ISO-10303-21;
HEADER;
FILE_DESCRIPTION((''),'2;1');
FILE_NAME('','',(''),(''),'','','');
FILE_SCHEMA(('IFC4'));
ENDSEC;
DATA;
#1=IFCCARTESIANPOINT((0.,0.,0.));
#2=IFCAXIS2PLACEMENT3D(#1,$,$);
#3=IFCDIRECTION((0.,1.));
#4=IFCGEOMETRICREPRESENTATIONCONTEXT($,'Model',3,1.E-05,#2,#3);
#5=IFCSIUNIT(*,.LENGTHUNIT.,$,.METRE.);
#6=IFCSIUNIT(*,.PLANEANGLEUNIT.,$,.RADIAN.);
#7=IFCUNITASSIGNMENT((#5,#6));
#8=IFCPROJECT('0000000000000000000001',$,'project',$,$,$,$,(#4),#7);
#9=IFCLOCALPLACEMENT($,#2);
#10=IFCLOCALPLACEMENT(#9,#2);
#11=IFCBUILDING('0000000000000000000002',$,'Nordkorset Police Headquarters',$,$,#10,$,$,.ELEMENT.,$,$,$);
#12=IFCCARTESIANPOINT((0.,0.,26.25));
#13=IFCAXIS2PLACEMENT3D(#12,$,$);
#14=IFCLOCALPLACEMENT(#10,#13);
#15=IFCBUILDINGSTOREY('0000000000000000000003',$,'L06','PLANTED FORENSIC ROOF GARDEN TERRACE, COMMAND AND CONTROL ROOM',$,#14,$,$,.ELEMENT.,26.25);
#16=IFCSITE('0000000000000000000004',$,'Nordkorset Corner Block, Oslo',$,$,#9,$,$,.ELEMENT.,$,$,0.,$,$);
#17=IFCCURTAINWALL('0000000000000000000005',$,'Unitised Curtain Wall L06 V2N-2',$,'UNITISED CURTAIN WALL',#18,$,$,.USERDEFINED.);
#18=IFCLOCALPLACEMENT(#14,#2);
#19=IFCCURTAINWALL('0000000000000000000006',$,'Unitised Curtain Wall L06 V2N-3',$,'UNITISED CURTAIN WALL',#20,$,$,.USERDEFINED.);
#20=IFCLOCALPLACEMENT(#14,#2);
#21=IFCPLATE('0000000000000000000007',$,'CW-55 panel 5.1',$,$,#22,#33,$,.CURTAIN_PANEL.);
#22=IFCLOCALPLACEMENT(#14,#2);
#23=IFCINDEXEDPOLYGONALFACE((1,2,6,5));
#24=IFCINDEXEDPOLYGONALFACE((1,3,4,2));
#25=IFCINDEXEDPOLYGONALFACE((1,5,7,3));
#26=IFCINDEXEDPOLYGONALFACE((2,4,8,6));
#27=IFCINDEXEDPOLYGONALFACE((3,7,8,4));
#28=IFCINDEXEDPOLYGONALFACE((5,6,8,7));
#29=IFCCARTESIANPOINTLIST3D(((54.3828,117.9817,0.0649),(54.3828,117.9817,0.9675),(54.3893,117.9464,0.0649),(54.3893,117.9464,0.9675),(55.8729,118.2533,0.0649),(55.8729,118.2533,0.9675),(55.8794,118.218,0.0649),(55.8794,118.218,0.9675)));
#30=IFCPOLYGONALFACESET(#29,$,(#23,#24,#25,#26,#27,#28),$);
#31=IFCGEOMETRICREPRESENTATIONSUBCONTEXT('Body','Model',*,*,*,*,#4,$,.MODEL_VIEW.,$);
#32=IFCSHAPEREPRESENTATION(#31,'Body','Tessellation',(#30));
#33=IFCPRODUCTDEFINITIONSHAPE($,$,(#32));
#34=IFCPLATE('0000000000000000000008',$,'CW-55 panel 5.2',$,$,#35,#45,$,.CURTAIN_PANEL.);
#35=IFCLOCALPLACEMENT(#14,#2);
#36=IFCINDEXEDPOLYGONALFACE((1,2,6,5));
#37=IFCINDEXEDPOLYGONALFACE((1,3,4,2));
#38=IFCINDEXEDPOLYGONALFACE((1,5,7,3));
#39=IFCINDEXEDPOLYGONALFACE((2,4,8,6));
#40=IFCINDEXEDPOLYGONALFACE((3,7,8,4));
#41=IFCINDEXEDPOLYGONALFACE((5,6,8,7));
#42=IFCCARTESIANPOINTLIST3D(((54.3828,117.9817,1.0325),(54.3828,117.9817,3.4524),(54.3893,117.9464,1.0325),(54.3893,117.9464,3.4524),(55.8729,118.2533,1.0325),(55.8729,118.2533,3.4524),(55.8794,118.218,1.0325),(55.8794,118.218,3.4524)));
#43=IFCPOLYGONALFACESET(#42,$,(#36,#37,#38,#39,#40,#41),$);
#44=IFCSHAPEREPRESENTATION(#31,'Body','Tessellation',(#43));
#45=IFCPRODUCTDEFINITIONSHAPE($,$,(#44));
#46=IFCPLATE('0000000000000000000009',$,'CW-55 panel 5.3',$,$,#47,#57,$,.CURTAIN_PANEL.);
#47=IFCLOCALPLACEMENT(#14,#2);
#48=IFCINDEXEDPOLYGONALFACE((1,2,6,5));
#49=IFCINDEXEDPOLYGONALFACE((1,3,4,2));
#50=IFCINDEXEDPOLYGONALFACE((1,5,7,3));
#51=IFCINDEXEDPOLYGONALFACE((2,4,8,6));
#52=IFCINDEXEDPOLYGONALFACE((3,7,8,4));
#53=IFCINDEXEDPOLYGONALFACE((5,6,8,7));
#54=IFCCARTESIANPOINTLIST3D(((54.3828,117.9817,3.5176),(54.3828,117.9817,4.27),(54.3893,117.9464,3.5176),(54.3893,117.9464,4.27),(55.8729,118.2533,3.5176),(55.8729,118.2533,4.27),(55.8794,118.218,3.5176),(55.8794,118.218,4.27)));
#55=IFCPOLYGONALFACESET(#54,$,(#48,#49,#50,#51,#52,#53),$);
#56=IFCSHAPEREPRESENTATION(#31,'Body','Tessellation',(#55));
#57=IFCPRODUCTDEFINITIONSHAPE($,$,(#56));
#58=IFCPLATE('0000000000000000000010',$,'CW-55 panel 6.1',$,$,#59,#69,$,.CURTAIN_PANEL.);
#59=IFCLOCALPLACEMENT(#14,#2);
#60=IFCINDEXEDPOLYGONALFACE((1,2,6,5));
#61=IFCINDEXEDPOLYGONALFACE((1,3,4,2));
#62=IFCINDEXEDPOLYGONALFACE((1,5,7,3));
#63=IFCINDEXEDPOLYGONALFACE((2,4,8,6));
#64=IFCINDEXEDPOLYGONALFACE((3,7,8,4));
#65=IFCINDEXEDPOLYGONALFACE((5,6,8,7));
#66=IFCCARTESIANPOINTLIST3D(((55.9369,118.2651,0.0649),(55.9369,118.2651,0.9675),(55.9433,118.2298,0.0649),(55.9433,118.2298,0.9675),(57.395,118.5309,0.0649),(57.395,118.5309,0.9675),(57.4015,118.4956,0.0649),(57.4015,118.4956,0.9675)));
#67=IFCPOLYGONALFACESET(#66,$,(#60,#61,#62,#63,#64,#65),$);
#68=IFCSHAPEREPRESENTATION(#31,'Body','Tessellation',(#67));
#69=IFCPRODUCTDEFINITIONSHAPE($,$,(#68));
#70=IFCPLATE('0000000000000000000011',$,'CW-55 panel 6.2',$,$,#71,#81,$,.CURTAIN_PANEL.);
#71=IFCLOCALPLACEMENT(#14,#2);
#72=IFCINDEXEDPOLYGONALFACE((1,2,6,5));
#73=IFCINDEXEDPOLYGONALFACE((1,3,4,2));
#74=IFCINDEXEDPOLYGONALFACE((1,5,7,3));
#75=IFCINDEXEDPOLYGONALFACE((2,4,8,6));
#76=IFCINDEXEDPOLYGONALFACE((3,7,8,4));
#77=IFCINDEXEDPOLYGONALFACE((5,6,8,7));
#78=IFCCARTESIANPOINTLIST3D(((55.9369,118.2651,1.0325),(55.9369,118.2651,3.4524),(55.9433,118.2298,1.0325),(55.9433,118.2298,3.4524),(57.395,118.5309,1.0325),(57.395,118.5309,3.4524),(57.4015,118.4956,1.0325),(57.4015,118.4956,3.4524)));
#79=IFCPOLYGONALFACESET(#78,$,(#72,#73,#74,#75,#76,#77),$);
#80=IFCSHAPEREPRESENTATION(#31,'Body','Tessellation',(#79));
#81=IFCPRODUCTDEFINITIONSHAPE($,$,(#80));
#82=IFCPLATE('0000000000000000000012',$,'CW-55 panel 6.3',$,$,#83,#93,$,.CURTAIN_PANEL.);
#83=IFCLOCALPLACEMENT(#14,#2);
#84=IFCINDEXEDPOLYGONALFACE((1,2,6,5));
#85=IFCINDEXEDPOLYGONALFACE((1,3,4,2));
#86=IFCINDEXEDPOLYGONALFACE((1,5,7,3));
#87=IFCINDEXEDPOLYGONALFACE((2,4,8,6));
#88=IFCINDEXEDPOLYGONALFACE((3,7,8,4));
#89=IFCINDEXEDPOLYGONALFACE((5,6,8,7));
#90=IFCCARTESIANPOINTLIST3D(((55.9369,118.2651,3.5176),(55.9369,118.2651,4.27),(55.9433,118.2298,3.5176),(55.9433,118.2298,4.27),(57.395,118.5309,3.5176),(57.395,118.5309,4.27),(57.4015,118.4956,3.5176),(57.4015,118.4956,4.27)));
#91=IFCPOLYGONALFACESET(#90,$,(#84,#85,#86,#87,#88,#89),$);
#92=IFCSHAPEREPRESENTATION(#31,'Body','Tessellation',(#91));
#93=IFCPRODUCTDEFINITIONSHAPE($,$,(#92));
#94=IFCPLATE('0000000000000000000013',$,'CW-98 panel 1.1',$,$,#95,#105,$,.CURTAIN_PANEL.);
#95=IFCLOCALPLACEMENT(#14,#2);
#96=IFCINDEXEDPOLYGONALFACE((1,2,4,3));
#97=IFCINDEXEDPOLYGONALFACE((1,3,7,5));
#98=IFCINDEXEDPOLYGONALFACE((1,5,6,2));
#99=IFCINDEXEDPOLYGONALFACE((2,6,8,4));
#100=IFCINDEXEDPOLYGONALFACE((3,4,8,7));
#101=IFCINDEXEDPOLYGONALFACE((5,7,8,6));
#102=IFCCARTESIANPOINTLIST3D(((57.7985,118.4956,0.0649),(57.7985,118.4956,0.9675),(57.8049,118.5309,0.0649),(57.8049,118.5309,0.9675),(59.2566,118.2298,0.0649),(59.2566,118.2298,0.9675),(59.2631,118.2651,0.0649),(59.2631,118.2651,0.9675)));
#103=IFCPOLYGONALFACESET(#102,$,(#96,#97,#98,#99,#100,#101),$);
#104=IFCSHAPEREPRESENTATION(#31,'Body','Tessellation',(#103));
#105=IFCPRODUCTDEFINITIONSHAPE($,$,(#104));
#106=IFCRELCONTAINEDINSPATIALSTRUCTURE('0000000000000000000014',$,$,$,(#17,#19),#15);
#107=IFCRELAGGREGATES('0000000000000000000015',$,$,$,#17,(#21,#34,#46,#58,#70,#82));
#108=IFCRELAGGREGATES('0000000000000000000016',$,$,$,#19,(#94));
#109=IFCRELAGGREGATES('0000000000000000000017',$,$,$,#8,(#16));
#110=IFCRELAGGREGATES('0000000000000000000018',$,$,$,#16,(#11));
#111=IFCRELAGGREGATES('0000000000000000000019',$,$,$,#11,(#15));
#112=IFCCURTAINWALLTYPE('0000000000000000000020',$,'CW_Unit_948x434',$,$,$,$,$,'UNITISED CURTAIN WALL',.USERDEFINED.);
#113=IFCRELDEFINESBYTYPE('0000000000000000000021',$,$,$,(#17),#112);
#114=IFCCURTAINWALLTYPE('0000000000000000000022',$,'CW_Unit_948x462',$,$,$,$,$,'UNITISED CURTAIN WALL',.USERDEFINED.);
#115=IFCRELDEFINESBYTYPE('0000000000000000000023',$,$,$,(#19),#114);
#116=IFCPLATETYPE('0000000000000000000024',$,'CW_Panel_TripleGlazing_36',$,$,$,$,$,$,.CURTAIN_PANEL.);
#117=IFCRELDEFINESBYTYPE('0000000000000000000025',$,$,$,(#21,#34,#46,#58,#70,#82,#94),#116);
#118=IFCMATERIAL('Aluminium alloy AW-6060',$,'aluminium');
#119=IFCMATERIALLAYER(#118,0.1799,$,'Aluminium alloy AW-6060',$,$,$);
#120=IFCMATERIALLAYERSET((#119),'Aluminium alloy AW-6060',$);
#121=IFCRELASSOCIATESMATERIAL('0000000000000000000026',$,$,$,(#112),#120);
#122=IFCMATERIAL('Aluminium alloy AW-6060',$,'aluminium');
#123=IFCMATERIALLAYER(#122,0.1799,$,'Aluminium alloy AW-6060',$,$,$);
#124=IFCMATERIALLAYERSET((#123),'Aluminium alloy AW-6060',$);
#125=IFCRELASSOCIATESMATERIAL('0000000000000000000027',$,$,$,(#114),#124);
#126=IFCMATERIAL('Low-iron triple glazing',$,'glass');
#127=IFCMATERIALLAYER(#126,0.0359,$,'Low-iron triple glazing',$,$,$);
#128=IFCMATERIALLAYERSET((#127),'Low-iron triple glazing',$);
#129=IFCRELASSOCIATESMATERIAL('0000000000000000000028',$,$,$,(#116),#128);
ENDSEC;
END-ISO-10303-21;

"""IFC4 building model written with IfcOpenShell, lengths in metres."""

from ifc_helpers import new_model, si_unit, direction, frame, origin, origin_2d, place, context, subcontext, project, spatial, rectangle, extrude, material, layer, layer_set, type_object, element, aggregate, save


model = new_model("IFC4")

# Units and contexts
model_context = context("Model", 3, precision=1e-05, world=origin(), true_north=direction((0.0, 1.0)))
body_context = subcontext(model_context, "Body", "Model", "MODEL_VIEW")
ifc_project = project(units=[si_unit("LENGTHUNIT", "METRE"), si_unit("PLANEANGLEUNIT", "RADIAN")], contexts=[model_context])

# Site, building, storey
site_placement = place(None, origin())
site = spatial("IfcSite", under=ifc_project, at=site_placement, Name="Nordkorset Corner Block, Oslo", CompositionType="ELEMENT", RefElevation=0.0)
building_placement = place(site_placement, origin())
building = spatial("IfcBuilding", under=site, at=building_placement, Name="Nordkorset Police Headquarters", CompositionType="ELEMENT")
storey_placement = place(building_placement, frame((0.0, 0.0, 26.25)))
storey = spatial("IfcBuildingStorey", under=building, at=storey_placement, Name="L06", Description="PLANTED FORENSIC ROOF GARDEN TERRACE, COMMAND AND CONTROL ROOM", CompositionType="ELEMENT", Elevation=26.25)

# Curtain wall
ifc_material_1 = material(Name="Aluminium alloy AW-6060", Category="aluminium")
ifc_layer_1 = layer(ifc_material_1, 0.1799, Name="Aluminium alloy AW-6060")
ifc_layer_set_1 = layer_set([ifc_layer_1], Name="Aluminium alloy AW-6060")
curtain_wall_type_1 = type_object("IfcCurtainWallType", Name="CW_Unit_948x434", ElementType="UNITISED CURTAIN WALL", PredefinedType="USERDEFINED", material=ifc_layer_set_1)
curtain_wall_1_placement = place(storey_placement, origin())
curtain_wall_1 = element("IfcCurtainWall", 1, at=curtain_wall_1_placement, inside=storey, type_object=curtain_wall_type_1, Name="Unitised Curtain Wall L06 V2N-2", ObjectType="UNITISED CURTAIN WALL", PredefinedType="USERDEFINED")

# Curtain wall
ifc_material_2 = material(Name="Aluminium alloy AW-6060", Category="aluminium")
ifc_layer_2 = layer(ifc_material_2, 0.1799, Name="Aluminium alloy AW-6060")
ifc_layer_set_2 = layer_set([ifc_layer_2], Name="Aluminium alloy AW-6060")
curtain_wall_type_2 = type_object("IfcCurtainWallType", Name="CW_Unit_948x462", ElementType="UNITISED CURTAIN WALL", PredefinedType="USERDEFINED", material=ifc_layer_set_2)
curtain_wall_2_placement = place(storey_placement, origin())
curtain_wall_2 = element("IfcCurtainWall", 2, at=curtain_wall_2_placement, inside=storey, type_object=curtain_wall_type_2, Name="Unitised Curtain Wall L06 V2N-3", ObjectType="UNITISED CURTAIN WALL", PredefinedType="USERDEFINED")

# Plates
ifc_material_3 = material(Name="Low-iron triple glazing", Category="glass")
ifc_layer_3 = layer(ifc_material_3, 0.0359, Name="Low-iron triple glazing")
ifc_layer_set_3 = layer_set([ifc_layer_3], Name="Low-iron triple glazing")
plate_type = type_object("IfcPlateType", Name="CW_Panel_TripleGlazing_36", PredefinedType="CURTAIN_PANEL", material=ifc_layer_set_3)
plate_1_placement = place(storey_placement, frame((55.1311, 118.0999, 0.0649), z_axis=(0.0, 0.0, 1.0), x_axis=(0.983788, 0.179336, 0.0)))
plate_1 = element("IfcPlate", 3, at=plate_1_placement, type_object=plate_type, Name="CW-55 panel 5.1", PredefinedType="CURTAIN_PANEL", context=body_context, shape_type="SweptSolid", body=[
    extrude(rectangle(XDim=1.5146, YDim=0.0359, at=origin_2d()), origin(), (0.0, 0.0, 1.0), 0.9026),
])
plate_2_placement = place(storey_placement, frame((55.1311, 118.0999, 1.0325), z_axis=(0.0, 0.0, 1.0), x_axis=(0.983788, 0.179336, 0.0)))
plate_2 = element("IfcPlate", 4, at=plate_2_placement, type_object=plate_type, Name="CW-55 panel 5.2", PredefinedType="CURTAIN_PANEL", context=body_context, shape_type="SweptSolid", body=[
    extrude(rectangle(XDim=1.5146, YDim=0.0359, at=origin_2d()), origin(), (0.0, 0.0, 1.0), 2.4199),
])
plate_3_placement = place(storey_placement, frame((55.1311, 118.0999, 3.5176), z_axis=(0.0, 0.0, 1.0), x_axis=(0.983788, 0.179336, 0.0)))
plate_3 = element("IfcPlate", 5, at=plate_3_placement, type_object=plate_type, Name="CW-55 panel 5.3", PredefinedType="CURTAIN_PANEL", context=body_context, shape_type="SweptSolid", body=[
    extrude(rectangle(XDim=1.5146, YDim=0.0359, at=origin_2d()), origin(), (0.0, 0.0, 1.0), 0.7524),
])
plate_4_placement = place(storey_placement, frame((56.6692, 118.3804, 0.0649), z_axis=(0.0, 0.0, 1.0), x_axis=(0.983788, 0.179336, 0.0)))
plate_4 = element("IfcPlate", 6, at=plate_4_placement, type_object=plate_type, Name="CW-55 panel 6.1", PredefinedType="CURTAIN_PANEL", context=body_context, shape_type="SweptSolid", body=[
    extrude(rectangle(XDim=1.4822, YDim=0.0359, at=origin_2d()), origin(), (0.0, 0.0, 1.0), 0.9026),
])
plate_5_placement = place(storey_placement, frame((56.6692, 118.3804, 1.0325), z_axis=(0.0, 0.0, 1.0), x_axis=(0.983788, 0.179336, 0.0)))
plate_5 = element("IfcPlate", 7, at=plate_5_placement, type_object=plate_type, Name="CW-55 panel 6.2", PredefinedType="CURTAIN_PANEL", context=body_context, shape_type="SweptSolid", body=[
    extrude(rectangle(XDim=1.4822, YDim=0.0359, at=origin_2d()), origin(), (0.0, 0.0, 1.0), 2.4199),
])
plate_6_placement = place(storey_placement, frame((56.6692, 118.3804, 3.5176), z_axis=(0.0, 0.0, 1.0), x_axis=(0.983788, 0.179336, 0.0)))
plate_6 = element("IfcPlate", 8, at=plate_6_placement, type_object=plate_type, Name="CW-55 panel 6.3", PredefinedType="CURTAIN_PANEL", context=body_context, shape_type="SweptSolid", body=[
    extrude(rectangle(XDim=1.4822, YDim=0.0359, at=origin_2d()), origin(), (0.0, 0.0, 1.0), 0.7524),
])
aggregate(curtain_wall_1, [plate_1, plate_2, plate_3, plate_4, plate_5, plate_6])
plate_7_placement = place(storey_placement, frame((58.5308, 118.3804, 0.0649), z_axis=(0.0, 0.0, 1.0), x_axis=(0.983788, -0.179336, 0.0)))
plate_7 = element("IfcPlate", 9, at=plate_7_placement, type_object=plate_type, Name="CW-98 panel 1.1", PredefinedType="CURTAIN_PANEL", context=body_context, shape_type="SweptSolid", body=[
    extrude(rectangle(XDim=1.4822, YDim=0.0359, at=origin_2d()), origin(), (0.0, 0.0, 1.0), 0.9026),
])
aggregate(curtain_wall_2, [plate_7])

save(model, "model.ifc")
